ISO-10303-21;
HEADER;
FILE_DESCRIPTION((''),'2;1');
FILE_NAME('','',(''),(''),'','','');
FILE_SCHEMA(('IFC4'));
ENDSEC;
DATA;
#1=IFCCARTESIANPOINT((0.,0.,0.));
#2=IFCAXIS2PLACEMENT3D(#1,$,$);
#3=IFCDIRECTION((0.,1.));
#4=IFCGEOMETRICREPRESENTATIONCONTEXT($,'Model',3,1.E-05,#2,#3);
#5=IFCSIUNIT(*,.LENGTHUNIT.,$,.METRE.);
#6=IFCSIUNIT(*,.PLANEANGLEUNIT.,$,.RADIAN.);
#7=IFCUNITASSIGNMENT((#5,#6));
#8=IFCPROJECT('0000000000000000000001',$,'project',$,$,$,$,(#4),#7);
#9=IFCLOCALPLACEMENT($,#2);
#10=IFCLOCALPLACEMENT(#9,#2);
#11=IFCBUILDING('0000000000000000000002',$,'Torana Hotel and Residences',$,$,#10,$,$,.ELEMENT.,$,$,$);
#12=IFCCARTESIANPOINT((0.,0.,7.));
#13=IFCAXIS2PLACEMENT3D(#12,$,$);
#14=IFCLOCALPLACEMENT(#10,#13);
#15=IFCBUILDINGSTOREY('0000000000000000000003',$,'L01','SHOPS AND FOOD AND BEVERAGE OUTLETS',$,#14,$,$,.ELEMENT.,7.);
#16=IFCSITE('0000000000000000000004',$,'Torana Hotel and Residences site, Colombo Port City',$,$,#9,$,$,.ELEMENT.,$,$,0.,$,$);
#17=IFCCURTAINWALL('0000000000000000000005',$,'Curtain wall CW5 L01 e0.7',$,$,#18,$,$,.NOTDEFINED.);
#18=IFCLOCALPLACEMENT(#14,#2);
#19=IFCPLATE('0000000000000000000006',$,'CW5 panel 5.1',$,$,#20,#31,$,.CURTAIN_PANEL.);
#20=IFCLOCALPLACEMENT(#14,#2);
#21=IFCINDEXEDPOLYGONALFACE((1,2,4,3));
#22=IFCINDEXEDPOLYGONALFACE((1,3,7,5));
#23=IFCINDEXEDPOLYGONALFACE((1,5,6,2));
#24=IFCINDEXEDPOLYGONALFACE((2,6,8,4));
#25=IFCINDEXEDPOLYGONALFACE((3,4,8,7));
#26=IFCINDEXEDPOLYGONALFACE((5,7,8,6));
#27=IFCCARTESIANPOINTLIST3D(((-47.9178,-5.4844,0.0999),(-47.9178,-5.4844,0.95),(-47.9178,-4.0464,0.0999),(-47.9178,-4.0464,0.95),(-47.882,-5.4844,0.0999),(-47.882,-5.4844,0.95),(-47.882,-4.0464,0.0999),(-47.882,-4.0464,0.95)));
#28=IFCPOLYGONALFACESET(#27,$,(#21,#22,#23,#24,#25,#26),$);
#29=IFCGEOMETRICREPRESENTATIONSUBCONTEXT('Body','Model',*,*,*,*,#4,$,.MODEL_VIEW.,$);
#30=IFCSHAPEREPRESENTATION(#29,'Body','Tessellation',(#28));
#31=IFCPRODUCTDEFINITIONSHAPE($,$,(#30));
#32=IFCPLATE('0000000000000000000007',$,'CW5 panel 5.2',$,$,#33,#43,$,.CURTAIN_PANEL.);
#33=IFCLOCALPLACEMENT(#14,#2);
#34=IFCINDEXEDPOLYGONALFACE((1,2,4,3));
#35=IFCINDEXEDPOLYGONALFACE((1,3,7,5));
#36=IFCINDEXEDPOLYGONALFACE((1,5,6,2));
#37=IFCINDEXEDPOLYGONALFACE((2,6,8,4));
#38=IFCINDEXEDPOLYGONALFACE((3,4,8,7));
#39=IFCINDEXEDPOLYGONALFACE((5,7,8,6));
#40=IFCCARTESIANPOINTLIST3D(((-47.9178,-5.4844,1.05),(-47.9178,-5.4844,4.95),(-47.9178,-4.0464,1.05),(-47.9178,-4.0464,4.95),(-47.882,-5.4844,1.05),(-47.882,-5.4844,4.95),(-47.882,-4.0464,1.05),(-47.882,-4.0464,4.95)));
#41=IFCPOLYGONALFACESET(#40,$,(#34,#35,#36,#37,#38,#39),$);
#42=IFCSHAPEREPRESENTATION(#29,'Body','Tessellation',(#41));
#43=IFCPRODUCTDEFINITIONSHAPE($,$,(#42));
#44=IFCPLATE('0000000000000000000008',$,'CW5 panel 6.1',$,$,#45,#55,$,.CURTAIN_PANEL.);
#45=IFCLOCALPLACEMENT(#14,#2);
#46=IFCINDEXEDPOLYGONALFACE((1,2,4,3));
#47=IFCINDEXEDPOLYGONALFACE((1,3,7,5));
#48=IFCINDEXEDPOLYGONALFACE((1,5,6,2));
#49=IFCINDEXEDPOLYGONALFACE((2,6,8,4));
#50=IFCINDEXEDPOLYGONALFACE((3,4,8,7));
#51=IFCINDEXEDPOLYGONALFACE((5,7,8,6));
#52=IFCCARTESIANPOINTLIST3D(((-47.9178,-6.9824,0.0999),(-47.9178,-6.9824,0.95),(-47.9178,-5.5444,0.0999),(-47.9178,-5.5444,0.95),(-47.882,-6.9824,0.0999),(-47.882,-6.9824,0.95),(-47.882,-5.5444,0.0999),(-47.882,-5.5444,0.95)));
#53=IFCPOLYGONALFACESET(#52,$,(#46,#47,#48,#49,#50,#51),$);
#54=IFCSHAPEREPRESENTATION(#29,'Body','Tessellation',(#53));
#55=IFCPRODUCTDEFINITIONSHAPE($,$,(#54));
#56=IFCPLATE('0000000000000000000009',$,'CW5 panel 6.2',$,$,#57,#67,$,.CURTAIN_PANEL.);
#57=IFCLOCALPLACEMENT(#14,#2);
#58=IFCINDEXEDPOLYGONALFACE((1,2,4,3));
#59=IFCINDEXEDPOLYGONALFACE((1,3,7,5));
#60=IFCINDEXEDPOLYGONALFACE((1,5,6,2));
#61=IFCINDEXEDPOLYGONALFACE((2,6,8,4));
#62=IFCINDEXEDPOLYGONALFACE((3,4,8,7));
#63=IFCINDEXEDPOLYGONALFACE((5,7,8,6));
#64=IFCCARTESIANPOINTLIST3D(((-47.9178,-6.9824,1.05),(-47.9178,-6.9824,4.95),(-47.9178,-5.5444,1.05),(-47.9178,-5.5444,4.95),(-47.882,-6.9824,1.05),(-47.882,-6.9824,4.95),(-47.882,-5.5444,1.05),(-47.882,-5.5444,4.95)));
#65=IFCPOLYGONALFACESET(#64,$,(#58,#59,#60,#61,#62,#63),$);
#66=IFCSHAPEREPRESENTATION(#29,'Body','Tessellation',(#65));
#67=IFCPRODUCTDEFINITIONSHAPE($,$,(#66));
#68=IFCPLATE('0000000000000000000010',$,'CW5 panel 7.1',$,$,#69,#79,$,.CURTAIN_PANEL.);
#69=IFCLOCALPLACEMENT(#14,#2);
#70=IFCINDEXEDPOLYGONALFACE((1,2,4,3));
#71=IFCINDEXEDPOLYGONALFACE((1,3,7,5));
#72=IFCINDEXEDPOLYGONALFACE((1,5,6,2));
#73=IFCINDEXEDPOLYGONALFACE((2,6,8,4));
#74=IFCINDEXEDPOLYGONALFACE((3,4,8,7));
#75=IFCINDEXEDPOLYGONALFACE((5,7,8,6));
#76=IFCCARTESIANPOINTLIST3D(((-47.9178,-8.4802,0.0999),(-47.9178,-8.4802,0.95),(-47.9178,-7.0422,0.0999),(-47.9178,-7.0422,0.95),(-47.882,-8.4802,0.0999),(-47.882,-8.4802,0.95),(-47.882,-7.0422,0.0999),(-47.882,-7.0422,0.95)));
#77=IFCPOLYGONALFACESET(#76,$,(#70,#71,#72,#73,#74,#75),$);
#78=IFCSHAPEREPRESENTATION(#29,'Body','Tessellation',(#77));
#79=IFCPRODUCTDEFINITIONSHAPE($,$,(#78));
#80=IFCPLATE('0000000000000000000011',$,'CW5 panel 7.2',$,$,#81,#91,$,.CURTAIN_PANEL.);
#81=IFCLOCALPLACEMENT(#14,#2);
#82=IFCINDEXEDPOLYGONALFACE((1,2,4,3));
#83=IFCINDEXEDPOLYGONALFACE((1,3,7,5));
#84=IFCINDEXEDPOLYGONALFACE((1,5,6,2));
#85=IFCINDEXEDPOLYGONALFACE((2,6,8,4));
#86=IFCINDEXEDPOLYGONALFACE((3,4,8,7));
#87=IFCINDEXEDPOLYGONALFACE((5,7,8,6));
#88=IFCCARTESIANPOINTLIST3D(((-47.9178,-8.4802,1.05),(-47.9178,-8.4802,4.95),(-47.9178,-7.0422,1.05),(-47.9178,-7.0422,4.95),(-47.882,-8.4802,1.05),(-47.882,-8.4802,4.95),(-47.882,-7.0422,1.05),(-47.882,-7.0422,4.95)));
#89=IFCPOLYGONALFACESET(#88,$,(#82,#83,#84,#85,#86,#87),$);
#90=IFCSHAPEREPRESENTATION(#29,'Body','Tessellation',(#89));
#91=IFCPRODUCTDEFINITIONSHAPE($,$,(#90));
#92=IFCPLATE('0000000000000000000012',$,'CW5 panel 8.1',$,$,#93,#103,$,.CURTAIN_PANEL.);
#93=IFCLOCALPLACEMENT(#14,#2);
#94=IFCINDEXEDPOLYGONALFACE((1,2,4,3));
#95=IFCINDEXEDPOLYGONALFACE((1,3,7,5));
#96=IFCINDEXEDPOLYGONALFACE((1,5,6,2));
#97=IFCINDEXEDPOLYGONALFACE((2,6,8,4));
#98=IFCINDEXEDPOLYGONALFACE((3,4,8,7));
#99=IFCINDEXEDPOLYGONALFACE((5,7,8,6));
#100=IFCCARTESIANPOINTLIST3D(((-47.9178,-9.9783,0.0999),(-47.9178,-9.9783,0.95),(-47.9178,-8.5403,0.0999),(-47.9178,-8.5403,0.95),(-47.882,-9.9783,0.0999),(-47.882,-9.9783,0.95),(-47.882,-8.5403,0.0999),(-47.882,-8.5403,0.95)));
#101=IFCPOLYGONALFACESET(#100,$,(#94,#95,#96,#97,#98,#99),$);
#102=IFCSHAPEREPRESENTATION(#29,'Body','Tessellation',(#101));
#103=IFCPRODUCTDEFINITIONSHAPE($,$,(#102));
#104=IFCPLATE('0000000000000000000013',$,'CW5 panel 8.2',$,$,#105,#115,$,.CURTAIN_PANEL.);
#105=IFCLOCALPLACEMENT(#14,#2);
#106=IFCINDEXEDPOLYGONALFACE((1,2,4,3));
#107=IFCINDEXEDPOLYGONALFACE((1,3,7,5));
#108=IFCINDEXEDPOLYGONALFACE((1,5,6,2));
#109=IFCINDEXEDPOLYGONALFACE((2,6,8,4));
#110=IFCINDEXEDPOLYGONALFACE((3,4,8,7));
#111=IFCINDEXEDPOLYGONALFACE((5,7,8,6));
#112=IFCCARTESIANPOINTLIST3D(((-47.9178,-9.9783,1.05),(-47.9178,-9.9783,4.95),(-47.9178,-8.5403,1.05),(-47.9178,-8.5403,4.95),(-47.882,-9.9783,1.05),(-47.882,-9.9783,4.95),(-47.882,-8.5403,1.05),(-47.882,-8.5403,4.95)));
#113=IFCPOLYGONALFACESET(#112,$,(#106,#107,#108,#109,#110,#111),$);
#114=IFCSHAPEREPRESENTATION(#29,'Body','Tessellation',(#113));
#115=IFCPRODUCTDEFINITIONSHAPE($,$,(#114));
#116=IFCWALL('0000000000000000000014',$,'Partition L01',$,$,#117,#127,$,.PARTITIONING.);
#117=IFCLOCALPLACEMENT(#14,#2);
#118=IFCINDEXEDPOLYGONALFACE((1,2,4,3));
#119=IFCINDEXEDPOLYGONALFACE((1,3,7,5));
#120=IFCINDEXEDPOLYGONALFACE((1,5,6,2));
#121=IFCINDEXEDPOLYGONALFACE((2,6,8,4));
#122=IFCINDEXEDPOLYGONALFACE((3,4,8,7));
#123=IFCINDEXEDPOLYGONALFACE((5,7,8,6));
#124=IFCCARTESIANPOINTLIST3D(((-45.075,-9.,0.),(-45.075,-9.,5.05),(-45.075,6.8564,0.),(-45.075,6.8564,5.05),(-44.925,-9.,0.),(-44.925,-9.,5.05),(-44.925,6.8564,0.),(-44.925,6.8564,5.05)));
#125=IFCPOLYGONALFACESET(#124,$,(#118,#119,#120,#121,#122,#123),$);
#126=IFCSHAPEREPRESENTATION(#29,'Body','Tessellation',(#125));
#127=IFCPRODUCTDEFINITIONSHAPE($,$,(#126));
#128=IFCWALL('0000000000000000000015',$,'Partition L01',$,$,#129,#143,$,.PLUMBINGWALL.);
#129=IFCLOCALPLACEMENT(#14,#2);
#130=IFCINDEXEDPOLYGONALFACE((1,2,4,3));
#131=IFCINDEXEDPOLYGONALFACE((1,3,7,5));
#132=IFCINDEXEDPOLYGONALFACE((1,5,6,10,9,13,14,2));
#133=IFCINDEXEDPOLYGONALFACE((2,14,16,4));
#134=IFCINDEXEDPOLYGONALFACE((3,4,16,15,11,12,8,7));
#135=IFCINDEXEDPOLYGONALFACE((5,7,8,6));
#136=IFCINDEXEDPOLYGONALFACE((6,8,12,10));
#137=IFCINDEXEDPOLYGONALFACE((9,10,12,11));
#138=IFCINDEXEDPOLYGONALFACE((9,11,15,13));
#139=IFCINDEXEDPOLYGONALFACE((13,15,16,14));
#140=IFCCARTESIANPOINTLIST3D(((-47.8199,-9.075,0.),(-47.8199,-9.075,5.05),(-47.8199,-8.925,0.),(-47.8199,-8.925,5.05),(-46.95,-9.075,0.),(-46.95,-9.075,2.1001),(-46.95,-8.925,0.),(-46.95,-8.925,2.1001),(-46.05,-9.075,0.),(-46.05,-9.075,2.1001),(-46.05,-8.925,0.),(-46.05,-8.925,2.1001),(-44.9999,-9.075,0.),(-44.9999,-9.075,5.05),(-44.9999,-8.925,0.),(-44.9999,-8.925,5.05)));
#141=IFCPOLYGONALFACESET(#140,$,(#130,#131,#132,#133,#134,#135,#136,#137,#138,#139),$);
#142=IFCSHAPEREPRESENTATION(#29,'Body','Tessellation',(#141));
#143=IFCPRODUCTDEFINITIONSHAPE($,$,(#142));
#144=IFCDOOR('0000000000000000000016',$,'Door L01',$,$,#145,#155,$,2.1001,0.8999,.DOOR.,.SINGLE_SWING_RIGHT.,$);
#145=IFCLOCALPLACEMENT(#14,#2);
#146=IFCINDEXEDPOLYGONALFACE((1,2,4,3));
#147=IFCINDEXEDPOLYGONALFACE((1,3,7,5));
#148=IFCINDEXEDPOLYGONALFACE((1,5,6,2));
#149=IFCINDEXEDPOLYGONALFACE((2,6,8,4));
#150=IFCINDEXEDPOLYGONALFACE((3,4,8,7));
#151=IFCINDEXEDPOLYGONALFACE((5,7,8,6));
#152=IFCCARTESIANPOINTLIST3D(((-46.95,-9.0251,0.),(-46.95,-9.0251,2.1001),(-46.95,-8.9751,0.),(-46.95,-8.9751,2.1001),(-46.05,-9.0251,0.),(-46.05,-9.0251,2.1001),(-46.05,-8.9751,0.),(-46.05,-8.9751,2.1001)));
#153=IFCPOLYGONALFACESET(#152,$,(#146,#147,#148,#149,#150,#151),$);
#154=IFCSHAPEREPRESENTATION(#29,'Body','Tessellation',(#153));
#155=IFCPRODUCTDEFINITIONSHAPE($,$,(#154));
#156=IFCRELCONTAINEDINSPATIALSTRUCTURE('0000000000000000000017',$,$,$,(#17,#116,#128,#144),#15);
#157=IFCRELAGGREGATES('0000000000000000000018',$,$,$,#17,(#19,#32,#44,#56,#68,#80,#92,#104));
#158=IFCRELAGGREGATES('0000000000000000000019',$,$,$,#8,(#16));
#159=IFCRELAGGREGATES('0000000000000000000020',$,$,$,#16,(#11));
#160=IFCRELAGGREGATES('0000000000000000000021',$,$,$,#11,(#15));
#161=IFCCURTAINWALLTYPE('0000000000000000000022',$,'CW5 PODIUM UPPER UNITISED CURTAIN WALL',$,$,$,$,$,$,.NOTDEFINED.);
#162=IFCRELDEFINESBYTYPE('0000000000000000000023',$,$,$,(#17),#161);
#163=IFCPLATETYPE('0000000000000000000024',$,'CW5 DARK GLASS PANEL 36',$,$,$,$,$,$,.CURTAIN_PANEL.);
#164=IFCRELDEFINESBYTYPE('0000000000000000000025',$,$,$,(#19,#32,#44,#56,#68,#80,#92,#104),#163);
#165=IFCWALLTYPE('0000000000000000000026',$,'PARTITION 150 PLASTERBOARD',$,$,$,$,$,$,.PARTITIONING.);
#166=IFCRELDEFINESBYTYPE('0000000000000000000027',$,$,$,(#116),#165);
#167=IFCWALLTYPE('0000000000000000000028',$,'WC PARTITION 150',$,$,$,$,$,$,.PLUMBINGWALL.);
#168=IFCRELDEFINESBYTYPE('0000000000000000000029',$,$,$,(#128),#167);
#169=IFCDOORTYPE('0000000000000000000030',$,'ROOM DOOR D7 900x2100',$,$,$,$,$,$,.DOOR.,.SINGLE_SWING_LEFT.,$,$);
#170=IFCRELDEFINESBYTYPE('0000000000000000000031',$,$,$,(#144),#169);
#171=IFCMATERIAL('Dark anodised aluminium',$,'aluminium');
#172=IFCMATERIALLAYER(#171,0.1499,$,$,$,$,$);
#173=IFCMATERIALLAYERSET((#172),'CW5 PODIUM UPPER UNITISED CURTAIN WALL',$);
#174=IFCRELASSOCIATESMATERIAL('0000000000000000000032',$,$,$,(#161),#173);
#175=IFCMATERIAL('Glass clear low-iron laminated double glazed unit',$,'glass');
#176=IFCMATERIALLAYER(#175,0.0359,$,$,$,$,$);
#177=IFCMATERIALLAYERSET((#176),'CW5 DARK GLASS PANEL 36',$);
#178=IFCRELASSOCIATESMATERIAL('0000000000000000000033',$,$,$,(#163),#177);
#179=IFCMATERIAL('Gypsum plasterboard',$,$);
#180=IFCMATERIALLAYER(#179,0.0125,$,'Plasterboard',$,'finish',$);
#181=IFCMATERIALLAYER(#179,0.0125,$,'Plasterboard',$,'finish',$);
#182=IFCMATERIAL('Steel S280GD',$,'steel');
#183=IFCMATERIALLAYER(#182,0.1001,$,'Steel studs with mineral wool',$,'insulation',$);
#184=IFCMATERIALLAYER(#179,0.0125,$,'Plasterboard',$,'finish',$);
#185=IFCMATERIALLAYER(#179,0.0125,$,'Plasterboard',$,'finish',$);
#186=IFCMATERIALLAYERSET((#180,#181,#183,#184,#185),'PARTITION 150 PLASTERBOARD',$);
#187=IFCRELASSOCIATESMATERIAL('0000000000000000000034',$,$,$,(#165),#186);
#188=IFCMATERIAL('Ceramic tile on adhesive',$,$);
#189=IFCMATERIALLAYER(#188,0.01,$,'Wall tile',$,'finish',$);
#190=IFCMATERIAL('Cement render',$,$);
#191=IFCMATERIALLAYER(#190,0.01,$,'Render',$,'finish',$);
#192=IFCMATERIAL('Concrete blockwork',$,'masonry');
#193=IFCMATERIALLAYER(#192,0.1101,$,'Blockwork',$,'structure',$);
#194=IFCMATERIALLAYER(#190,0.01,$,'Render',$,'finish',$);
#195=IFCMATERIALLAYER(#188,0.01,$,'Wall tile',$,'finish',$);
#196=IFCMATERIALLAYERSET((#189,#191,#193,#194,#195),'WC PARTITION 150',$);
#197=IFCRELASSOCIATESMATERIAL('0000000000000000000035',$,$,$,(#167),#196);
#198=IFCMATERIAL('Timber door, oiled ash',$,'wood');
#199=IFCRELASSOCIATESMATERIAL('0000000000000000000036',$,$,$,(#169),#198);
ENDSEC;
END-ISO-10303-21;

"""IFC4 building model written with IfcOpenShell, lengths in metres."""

from ifc_helpers import new_model, si_unit, direction, frame, frame_2d, origin, origin_2d, place, context, subcontext, project, spatial, rectangle, extrude, material, layer, layer_set, type_object, element, fill, aggregate, save


model = new_model("IFC4")

# Units and contexts
model_context = context("Model", 3, precision=1e-05, world=origin(), true_north=direction((0.0, 1.0)))
body_context = subcontext(model_context, "Body", "Model", "MODEL_VIEW")
ifc_project = project(units=[si_unit("LENGTHUNIT", "METRE"), si_unit("PLANEANGLEUNIT", "RADIAN")], contexts=[model_context])

# Site, building, storey
site_placement = place(None, origin())
site = spatial("IfcSite", under=ifc_project, at=site_placement, Name="Torana Hotel and Residences site, Colombo Port City", CompositionType="ELEMENT", RefElevation=0.0)
building_placement = place(site_placement, origin())
building = spatial("IfcBuilding", under=site, at=building_placement, Name="Torana Hotel and Residences", CompositionType="ELEMENT")
storey_placement = place(building_placement, frame((0.0, 0.0, 7.0)))
storey = spatial("IfcBuildingStorey", under=building, at=storey_placement, Name="L01", Description="SHOPS AND FOOD AND BEVERAGE OUTLETS", CompositionType="ELEMENT", Elevation=7.0)

# Curtain wall, plates
ifc_material_1 = material(Name="Dark anodised aluminium", Category="aluminium")
ifc_layer_1 = layer(ifc_material_1, 0.1499)
ifc_layer_set_1 = layer_set([ifc_layer_1], Name="CW5 PODIUM UPPER UNITISED CURTAIN WALL")
curtain_wall_type = type_object("IfcCurtainWallType", Name="CW5 PODIUM UPPER UNITISED CURTAIN WALL", PredefinedType="NOTDEFINED", material=ifc_layer_set_1)
curtain_wall_placement = place(storey_placement, origin())
curtain_wall = element("IfcCurtainWall", 1, at=curtain_wall_placement, inside=storey, type_object=curtain_wall_type, Name="Curtain wall CW5 L01 e0.7", PredefinedType="NOTDEFINED")
ifc_material_2 = material(Name="Glass clear low-iron laminated double glazed unit", Category="glass")
ifc_layer_2 = layer(ifc_material_2, 0.0359)
ifc_layer_set_2 = layer_set([ifc_layer_2], Name="CW5 DARK GLASS PANEL 36")
plate_type = type_object("IfcPlateType", Name="CW5 DARK GLASS PANEL 36", PredefinedType="CURTAIN_PANEL", material=ifc_layer_set_2)
plate_1_placement = place(storey_placement, frame((-47.8999, -4.7654, 0.0999), z_axis=(0.0, 0.0, 1.0), x_axis=(0.0, -1.0, 0.0)))
plate_1 = element("IfcPlate", 2, at=plate_1_placement, type_object=plate_type, Name="CW5 panel 5.1", PredefinedType="CURTAIN_PANEL", context=body_context, shape_type="SweptSolid", body=[
    extrude(rectangle(XDim=1.438, YDim=0.0359, at=origin_2d()), origin(), (0.0, 0.0, 1.0), 0.8501),
])
plate_2_placement = place(storey_placement, frame((-47.8999, -4.7654, 1.05), z_axis=(0.0, 0.0, 1.0), x_axis=(0.0, -1.0, 0.0)))
plate_2 = element("IfcPlate", 3, at=plate_2_placement, type_object=plate_type, Name="CW5 panel 5.2", PredefinedType="CURTAIN_PANEL", context=body_context, shape_type="SweptSolid", body=[
    extrude(rectangle(XDim=1.438, YDim=0.0359, at=origin_2d()), origin(), (0.0, 0.0, 1.0), 3.8999),
])
plate_3_placement = place(storey_placement, frame((-47.8999, -6.2634, 0.0999), z_axis=(0.0, 0.0, 1.0), x_axis=(0.0, -1.0, 0.0)))
plate_3 = element("IfcPlate", 4, at=plate_3_placement, type_object=plate_type, Name="CW5 panel 6.1", PredefinedType="CURTAIN_PANEL", context=body_context, shape_type="SweptSolid", body=[
    extrude(rectangle(XDim=1.438, YDim=0.0359, at=origin_2d()), origin(), (0.0, 0.0, 1.0), 0.8501),
])
plate_4_placement = place(storey_placement, frame((-47.8999, -6.2634, 1.05), z_axis=(0.0, 0.0, 1.0), x_axis=(0.0, -1.0, 0.0)))
plate_4 = element("IfcPlate", 5, at=plate_4_placement, type_object=plate_type, Name="CW5 panel 6.2", PredefinedType="CURTAIN_PANEL", context=body_context, shape_type="SweptSolid", body=[
    extrude(rectangle(XDim=1.438, YDim=0.0359, at=origin_2d()), origin(), (0.0, 0.0, 1.0), 3.8999),
])
plate_5_placement = place(storey_placement, frame((-47.8999, -7.7612, 0.0999), z_axis=(0.0, 0.0, 1.0), x_axis=(0.0, -1.0, 0.0)))
plate_5 = element("IfcPlate", 6, at=plate_5_placement, type_object=plate_type, Name="CW5 panel 7.1", PredefinedType="CURTAIN_PANEL", context=body_context, shape_type="SweptSolid", body=[
    extrude(rectangle(XDim=1.438, YDim=0.0359, at=origin_2d()), origin(), (0.0, 0.0, 1.0), 0.8501),
])
plate_6_placement = place(storey_placement, frame((-47.8999, -7.7612, 1.05), z_axis=(0.0, 0.0, 1.0), x_axis=(0.0, -1.0, 0.0)))
plate_6 = element("IfcPlate", 7, at=plate_6_placement, type_object=plate_type, Name="CW5 panel 7.2", PredefinedType="CURTAIN_PANEL", context=body_context, shape_type="SweptSolid", body=[
    extrude(rectangle(XDim=1.438, YDim=0.0359, at=origin_2d()), origin(), (0.0, 0.0, 1.0), 3.8999),
])
plate_7_placement = place(storey_placement, frame((-47.8999, -9.2593, 0.0999), z_axis=(0.0, 0.0, 1.0), x_axis=(0.0, -1.0, 0.0)))
plate_7 = element("IfcPlate", 8, at=plate_7_placement, type_object=plate_type, Name="CW5 panel 8.1", PredefinedType="CURTAIN_PANEL", context=body_context, shape_type="SweptSolid", body=[
    extrude(rectangle(XDim=1.438, YDim=0.0359, at=origin_2d()), origin(), (0.0, 0.0, 1.0), 0.8501),
])
plate_8_placement = place(storey_placement, frame((-47.8999, -9.2593, 1.05), z_axis=(0.0, 0.0, 1.0), x_axis=(0.0, -1.0, 0.0)))
plate_8 = element("IfcPlate", 9, at=plate_8_placement, type_object=plate_type, Name="CW5 panel 8.2", PredefinedType="CURTAIN_PANEL", context=body_context, shape_type="SweptSolid", body=[
    extrude(rectangle(XDim=1.438, YDim=0.0359, at=origin_2d()), origin(), (0.0, 0.0, 1.0), 3.8999),
])
aggregate(curtain_wall, [plate_1, plate_2, plate_3, plate_4, plate_5, plate_6, plate_7, plate_8])

# Wall
ifc_material_3 = material(Name="Gypsum plasterboard")
ifc_layer_3 = layer(ifc_material_3, 0.0125, Name="Plasterboard", Category="finish")
ifc_layer_4 = layer(ifc_material_3, 0.0125, Name="Plasterboard", Category="finish")
ifc_material_4 = material(Name="Steel S280GD", Category="steel")
ifc_layer_5 = layer(ifc_material_4, 0.1001, Name="Steel studs with mineral wool", Category="insulation")
ifc_layer_6 = layer(ifc_material_3, 0.0125, Name="Plasterboard", Category="finish")
ifc_layer_7 = layer(ifc_material_3, 0.0125, Name="Plasterboard", Category="finish")
ifc_layer_set_3 = layer_set([ifc_layer_3, ifc_layer_4, ifc_layer_5, ifc_layer_6, ifc_layer_7], Name="PARTITION 150 PLASTERBOARD")
wall_type_1 = type_object("IfcWallType", Name="PARTITION 150 PLASTERBOARD", PredefinedType="PARTITIONING", material=ifc_layer_set_3)
wall_1_placement = place(storey_placement, frame((-45.0, -9.0, 0.0), z_axis=(0.0, 0.0, 1.0), x_axis=(0.0, 1.0, 0.0)))
element("IfcWall", 10, at=wall_1_placement, inside=storey, type_object=wall_type_1, Name="Partition L01", PredefinedType="PARTITIONING", context=body_context, shape_type="SweptSolid", body=[
    extrude(rectangle(XDim=15.8564, YDim=0.1499, at=frame_2d((7.9282, 0.0))), origin(), (0.0, 0.0, 1.0), 5.05),
])

# Wall, opening, door
ifc_material_5 = material(Name="Ceramic tile on adhesive")
ifc_layer_8 = layer(ifc_material_5, 0.01, Name="Wall tile", Category="finish")
ifc_material_6 = material(Name="Cement render")
ifc_layer_9 = layer(ifc_material_6, 0.01, Name="Render", Category="finish")
ifc_material_7 = material(Name="Concrete blockwork", Category="masonry")
ifc_layer_10 = layer(ifc_material_7, 0.1101, Name="Blockwork", Category="structure")
ifc_layer_11 = layer(ifc_material_6, 0.01, Name="Render", Category="finish")
ifc_layer_12 = layer(ifc_material_5, 0.01, Name="Wall tile", Category="finish")
ifc_layer_set_4 = layer_set([ifc_layer_8, ifc_layer_9, ifc_layer_10, ifc_layer_11, ifc_layer_12], Name="WC PARTITION 150")
wall_type_2 = type_object("IfcWallType", Name="WC PARTITION 150", PredefinedType="PLUMBINGWALL", material=ifc_layer_set_4)
wall_2_placement = place(storey_placement, frame((-47.8201, -9.0, 0.0), z_axis=(0.0, 0.0, 1.0), x_axis=(1.0, 0.0, 0.0)))
wall_2 = element("IfcWall", 11, at=wall_2_placement, inside=storey, type_object=wall_type_2, Name="Partition L01", PredefinedType="PLUMBINGWALL", context=body_context, shape_type="SweptSolid", body=[
    extrude(rectangle(XDim=2.8201, YDim=0.1499, at=frame_2d((1.4102, 0.0))), origin(), (0.0, 0.0, 1.0), 5.05),
])
opening_placement = place(wall_2_placement, frame((0.8701, 0.0, 0.0)))
opening = element("IfcOpeningElement", 12, at=opening_placement, cuts=wall_2, PredefinedType="OPENING", context=body_context, shape_type="SweptSolid", body=[
    extrude(rectangle(XDim=0.8999, YDim=2.1001, at=frame_2d((0.45, 1.05))), frame((0.0, 0.085, 0.0), z_axis=(0.0, -1.0, 0.0), x_axis=(1.0, 0.0, 0.0)), (0.0, 0.0, 1.0), 0.1699),
])
ifc_material_8 = material(Name="Timber door, oiled ash", Category="wood")
door_type = type_object("IfcDoorType", Name="ROOM DOOR D7 900x2100", OperationType="SINGLE_SWING_LEFT", PredefinedType="DOOR", material=ifc_material_8)
door_placement = place(opening_placement, origin())
door = element("IfcDoor", 13, at=door_placement, inside=storey, type_object=door_type, Name="Door L01", OperationType="SINGLE_SWING_RIGHT", OverallHeight=2.1001, OverallWidth=0.8999, PredefinedType="DOOR", context=body_context, shape_type="SweptSolid", body=[
    extrude(rectangle(XDim=0.8999, YDim=2.1001, at=frame_2d((0.45, 1.05))), frame((0.0, 0.0249, 0.0), z_axis=(0.0, -1.0, 0.0), x_axis=(1.0, 0.0, 0.0)), (0.0, 0.0, 1.0), 0.05),
])
fill(opening, door)

save(model, "model.ifc")
